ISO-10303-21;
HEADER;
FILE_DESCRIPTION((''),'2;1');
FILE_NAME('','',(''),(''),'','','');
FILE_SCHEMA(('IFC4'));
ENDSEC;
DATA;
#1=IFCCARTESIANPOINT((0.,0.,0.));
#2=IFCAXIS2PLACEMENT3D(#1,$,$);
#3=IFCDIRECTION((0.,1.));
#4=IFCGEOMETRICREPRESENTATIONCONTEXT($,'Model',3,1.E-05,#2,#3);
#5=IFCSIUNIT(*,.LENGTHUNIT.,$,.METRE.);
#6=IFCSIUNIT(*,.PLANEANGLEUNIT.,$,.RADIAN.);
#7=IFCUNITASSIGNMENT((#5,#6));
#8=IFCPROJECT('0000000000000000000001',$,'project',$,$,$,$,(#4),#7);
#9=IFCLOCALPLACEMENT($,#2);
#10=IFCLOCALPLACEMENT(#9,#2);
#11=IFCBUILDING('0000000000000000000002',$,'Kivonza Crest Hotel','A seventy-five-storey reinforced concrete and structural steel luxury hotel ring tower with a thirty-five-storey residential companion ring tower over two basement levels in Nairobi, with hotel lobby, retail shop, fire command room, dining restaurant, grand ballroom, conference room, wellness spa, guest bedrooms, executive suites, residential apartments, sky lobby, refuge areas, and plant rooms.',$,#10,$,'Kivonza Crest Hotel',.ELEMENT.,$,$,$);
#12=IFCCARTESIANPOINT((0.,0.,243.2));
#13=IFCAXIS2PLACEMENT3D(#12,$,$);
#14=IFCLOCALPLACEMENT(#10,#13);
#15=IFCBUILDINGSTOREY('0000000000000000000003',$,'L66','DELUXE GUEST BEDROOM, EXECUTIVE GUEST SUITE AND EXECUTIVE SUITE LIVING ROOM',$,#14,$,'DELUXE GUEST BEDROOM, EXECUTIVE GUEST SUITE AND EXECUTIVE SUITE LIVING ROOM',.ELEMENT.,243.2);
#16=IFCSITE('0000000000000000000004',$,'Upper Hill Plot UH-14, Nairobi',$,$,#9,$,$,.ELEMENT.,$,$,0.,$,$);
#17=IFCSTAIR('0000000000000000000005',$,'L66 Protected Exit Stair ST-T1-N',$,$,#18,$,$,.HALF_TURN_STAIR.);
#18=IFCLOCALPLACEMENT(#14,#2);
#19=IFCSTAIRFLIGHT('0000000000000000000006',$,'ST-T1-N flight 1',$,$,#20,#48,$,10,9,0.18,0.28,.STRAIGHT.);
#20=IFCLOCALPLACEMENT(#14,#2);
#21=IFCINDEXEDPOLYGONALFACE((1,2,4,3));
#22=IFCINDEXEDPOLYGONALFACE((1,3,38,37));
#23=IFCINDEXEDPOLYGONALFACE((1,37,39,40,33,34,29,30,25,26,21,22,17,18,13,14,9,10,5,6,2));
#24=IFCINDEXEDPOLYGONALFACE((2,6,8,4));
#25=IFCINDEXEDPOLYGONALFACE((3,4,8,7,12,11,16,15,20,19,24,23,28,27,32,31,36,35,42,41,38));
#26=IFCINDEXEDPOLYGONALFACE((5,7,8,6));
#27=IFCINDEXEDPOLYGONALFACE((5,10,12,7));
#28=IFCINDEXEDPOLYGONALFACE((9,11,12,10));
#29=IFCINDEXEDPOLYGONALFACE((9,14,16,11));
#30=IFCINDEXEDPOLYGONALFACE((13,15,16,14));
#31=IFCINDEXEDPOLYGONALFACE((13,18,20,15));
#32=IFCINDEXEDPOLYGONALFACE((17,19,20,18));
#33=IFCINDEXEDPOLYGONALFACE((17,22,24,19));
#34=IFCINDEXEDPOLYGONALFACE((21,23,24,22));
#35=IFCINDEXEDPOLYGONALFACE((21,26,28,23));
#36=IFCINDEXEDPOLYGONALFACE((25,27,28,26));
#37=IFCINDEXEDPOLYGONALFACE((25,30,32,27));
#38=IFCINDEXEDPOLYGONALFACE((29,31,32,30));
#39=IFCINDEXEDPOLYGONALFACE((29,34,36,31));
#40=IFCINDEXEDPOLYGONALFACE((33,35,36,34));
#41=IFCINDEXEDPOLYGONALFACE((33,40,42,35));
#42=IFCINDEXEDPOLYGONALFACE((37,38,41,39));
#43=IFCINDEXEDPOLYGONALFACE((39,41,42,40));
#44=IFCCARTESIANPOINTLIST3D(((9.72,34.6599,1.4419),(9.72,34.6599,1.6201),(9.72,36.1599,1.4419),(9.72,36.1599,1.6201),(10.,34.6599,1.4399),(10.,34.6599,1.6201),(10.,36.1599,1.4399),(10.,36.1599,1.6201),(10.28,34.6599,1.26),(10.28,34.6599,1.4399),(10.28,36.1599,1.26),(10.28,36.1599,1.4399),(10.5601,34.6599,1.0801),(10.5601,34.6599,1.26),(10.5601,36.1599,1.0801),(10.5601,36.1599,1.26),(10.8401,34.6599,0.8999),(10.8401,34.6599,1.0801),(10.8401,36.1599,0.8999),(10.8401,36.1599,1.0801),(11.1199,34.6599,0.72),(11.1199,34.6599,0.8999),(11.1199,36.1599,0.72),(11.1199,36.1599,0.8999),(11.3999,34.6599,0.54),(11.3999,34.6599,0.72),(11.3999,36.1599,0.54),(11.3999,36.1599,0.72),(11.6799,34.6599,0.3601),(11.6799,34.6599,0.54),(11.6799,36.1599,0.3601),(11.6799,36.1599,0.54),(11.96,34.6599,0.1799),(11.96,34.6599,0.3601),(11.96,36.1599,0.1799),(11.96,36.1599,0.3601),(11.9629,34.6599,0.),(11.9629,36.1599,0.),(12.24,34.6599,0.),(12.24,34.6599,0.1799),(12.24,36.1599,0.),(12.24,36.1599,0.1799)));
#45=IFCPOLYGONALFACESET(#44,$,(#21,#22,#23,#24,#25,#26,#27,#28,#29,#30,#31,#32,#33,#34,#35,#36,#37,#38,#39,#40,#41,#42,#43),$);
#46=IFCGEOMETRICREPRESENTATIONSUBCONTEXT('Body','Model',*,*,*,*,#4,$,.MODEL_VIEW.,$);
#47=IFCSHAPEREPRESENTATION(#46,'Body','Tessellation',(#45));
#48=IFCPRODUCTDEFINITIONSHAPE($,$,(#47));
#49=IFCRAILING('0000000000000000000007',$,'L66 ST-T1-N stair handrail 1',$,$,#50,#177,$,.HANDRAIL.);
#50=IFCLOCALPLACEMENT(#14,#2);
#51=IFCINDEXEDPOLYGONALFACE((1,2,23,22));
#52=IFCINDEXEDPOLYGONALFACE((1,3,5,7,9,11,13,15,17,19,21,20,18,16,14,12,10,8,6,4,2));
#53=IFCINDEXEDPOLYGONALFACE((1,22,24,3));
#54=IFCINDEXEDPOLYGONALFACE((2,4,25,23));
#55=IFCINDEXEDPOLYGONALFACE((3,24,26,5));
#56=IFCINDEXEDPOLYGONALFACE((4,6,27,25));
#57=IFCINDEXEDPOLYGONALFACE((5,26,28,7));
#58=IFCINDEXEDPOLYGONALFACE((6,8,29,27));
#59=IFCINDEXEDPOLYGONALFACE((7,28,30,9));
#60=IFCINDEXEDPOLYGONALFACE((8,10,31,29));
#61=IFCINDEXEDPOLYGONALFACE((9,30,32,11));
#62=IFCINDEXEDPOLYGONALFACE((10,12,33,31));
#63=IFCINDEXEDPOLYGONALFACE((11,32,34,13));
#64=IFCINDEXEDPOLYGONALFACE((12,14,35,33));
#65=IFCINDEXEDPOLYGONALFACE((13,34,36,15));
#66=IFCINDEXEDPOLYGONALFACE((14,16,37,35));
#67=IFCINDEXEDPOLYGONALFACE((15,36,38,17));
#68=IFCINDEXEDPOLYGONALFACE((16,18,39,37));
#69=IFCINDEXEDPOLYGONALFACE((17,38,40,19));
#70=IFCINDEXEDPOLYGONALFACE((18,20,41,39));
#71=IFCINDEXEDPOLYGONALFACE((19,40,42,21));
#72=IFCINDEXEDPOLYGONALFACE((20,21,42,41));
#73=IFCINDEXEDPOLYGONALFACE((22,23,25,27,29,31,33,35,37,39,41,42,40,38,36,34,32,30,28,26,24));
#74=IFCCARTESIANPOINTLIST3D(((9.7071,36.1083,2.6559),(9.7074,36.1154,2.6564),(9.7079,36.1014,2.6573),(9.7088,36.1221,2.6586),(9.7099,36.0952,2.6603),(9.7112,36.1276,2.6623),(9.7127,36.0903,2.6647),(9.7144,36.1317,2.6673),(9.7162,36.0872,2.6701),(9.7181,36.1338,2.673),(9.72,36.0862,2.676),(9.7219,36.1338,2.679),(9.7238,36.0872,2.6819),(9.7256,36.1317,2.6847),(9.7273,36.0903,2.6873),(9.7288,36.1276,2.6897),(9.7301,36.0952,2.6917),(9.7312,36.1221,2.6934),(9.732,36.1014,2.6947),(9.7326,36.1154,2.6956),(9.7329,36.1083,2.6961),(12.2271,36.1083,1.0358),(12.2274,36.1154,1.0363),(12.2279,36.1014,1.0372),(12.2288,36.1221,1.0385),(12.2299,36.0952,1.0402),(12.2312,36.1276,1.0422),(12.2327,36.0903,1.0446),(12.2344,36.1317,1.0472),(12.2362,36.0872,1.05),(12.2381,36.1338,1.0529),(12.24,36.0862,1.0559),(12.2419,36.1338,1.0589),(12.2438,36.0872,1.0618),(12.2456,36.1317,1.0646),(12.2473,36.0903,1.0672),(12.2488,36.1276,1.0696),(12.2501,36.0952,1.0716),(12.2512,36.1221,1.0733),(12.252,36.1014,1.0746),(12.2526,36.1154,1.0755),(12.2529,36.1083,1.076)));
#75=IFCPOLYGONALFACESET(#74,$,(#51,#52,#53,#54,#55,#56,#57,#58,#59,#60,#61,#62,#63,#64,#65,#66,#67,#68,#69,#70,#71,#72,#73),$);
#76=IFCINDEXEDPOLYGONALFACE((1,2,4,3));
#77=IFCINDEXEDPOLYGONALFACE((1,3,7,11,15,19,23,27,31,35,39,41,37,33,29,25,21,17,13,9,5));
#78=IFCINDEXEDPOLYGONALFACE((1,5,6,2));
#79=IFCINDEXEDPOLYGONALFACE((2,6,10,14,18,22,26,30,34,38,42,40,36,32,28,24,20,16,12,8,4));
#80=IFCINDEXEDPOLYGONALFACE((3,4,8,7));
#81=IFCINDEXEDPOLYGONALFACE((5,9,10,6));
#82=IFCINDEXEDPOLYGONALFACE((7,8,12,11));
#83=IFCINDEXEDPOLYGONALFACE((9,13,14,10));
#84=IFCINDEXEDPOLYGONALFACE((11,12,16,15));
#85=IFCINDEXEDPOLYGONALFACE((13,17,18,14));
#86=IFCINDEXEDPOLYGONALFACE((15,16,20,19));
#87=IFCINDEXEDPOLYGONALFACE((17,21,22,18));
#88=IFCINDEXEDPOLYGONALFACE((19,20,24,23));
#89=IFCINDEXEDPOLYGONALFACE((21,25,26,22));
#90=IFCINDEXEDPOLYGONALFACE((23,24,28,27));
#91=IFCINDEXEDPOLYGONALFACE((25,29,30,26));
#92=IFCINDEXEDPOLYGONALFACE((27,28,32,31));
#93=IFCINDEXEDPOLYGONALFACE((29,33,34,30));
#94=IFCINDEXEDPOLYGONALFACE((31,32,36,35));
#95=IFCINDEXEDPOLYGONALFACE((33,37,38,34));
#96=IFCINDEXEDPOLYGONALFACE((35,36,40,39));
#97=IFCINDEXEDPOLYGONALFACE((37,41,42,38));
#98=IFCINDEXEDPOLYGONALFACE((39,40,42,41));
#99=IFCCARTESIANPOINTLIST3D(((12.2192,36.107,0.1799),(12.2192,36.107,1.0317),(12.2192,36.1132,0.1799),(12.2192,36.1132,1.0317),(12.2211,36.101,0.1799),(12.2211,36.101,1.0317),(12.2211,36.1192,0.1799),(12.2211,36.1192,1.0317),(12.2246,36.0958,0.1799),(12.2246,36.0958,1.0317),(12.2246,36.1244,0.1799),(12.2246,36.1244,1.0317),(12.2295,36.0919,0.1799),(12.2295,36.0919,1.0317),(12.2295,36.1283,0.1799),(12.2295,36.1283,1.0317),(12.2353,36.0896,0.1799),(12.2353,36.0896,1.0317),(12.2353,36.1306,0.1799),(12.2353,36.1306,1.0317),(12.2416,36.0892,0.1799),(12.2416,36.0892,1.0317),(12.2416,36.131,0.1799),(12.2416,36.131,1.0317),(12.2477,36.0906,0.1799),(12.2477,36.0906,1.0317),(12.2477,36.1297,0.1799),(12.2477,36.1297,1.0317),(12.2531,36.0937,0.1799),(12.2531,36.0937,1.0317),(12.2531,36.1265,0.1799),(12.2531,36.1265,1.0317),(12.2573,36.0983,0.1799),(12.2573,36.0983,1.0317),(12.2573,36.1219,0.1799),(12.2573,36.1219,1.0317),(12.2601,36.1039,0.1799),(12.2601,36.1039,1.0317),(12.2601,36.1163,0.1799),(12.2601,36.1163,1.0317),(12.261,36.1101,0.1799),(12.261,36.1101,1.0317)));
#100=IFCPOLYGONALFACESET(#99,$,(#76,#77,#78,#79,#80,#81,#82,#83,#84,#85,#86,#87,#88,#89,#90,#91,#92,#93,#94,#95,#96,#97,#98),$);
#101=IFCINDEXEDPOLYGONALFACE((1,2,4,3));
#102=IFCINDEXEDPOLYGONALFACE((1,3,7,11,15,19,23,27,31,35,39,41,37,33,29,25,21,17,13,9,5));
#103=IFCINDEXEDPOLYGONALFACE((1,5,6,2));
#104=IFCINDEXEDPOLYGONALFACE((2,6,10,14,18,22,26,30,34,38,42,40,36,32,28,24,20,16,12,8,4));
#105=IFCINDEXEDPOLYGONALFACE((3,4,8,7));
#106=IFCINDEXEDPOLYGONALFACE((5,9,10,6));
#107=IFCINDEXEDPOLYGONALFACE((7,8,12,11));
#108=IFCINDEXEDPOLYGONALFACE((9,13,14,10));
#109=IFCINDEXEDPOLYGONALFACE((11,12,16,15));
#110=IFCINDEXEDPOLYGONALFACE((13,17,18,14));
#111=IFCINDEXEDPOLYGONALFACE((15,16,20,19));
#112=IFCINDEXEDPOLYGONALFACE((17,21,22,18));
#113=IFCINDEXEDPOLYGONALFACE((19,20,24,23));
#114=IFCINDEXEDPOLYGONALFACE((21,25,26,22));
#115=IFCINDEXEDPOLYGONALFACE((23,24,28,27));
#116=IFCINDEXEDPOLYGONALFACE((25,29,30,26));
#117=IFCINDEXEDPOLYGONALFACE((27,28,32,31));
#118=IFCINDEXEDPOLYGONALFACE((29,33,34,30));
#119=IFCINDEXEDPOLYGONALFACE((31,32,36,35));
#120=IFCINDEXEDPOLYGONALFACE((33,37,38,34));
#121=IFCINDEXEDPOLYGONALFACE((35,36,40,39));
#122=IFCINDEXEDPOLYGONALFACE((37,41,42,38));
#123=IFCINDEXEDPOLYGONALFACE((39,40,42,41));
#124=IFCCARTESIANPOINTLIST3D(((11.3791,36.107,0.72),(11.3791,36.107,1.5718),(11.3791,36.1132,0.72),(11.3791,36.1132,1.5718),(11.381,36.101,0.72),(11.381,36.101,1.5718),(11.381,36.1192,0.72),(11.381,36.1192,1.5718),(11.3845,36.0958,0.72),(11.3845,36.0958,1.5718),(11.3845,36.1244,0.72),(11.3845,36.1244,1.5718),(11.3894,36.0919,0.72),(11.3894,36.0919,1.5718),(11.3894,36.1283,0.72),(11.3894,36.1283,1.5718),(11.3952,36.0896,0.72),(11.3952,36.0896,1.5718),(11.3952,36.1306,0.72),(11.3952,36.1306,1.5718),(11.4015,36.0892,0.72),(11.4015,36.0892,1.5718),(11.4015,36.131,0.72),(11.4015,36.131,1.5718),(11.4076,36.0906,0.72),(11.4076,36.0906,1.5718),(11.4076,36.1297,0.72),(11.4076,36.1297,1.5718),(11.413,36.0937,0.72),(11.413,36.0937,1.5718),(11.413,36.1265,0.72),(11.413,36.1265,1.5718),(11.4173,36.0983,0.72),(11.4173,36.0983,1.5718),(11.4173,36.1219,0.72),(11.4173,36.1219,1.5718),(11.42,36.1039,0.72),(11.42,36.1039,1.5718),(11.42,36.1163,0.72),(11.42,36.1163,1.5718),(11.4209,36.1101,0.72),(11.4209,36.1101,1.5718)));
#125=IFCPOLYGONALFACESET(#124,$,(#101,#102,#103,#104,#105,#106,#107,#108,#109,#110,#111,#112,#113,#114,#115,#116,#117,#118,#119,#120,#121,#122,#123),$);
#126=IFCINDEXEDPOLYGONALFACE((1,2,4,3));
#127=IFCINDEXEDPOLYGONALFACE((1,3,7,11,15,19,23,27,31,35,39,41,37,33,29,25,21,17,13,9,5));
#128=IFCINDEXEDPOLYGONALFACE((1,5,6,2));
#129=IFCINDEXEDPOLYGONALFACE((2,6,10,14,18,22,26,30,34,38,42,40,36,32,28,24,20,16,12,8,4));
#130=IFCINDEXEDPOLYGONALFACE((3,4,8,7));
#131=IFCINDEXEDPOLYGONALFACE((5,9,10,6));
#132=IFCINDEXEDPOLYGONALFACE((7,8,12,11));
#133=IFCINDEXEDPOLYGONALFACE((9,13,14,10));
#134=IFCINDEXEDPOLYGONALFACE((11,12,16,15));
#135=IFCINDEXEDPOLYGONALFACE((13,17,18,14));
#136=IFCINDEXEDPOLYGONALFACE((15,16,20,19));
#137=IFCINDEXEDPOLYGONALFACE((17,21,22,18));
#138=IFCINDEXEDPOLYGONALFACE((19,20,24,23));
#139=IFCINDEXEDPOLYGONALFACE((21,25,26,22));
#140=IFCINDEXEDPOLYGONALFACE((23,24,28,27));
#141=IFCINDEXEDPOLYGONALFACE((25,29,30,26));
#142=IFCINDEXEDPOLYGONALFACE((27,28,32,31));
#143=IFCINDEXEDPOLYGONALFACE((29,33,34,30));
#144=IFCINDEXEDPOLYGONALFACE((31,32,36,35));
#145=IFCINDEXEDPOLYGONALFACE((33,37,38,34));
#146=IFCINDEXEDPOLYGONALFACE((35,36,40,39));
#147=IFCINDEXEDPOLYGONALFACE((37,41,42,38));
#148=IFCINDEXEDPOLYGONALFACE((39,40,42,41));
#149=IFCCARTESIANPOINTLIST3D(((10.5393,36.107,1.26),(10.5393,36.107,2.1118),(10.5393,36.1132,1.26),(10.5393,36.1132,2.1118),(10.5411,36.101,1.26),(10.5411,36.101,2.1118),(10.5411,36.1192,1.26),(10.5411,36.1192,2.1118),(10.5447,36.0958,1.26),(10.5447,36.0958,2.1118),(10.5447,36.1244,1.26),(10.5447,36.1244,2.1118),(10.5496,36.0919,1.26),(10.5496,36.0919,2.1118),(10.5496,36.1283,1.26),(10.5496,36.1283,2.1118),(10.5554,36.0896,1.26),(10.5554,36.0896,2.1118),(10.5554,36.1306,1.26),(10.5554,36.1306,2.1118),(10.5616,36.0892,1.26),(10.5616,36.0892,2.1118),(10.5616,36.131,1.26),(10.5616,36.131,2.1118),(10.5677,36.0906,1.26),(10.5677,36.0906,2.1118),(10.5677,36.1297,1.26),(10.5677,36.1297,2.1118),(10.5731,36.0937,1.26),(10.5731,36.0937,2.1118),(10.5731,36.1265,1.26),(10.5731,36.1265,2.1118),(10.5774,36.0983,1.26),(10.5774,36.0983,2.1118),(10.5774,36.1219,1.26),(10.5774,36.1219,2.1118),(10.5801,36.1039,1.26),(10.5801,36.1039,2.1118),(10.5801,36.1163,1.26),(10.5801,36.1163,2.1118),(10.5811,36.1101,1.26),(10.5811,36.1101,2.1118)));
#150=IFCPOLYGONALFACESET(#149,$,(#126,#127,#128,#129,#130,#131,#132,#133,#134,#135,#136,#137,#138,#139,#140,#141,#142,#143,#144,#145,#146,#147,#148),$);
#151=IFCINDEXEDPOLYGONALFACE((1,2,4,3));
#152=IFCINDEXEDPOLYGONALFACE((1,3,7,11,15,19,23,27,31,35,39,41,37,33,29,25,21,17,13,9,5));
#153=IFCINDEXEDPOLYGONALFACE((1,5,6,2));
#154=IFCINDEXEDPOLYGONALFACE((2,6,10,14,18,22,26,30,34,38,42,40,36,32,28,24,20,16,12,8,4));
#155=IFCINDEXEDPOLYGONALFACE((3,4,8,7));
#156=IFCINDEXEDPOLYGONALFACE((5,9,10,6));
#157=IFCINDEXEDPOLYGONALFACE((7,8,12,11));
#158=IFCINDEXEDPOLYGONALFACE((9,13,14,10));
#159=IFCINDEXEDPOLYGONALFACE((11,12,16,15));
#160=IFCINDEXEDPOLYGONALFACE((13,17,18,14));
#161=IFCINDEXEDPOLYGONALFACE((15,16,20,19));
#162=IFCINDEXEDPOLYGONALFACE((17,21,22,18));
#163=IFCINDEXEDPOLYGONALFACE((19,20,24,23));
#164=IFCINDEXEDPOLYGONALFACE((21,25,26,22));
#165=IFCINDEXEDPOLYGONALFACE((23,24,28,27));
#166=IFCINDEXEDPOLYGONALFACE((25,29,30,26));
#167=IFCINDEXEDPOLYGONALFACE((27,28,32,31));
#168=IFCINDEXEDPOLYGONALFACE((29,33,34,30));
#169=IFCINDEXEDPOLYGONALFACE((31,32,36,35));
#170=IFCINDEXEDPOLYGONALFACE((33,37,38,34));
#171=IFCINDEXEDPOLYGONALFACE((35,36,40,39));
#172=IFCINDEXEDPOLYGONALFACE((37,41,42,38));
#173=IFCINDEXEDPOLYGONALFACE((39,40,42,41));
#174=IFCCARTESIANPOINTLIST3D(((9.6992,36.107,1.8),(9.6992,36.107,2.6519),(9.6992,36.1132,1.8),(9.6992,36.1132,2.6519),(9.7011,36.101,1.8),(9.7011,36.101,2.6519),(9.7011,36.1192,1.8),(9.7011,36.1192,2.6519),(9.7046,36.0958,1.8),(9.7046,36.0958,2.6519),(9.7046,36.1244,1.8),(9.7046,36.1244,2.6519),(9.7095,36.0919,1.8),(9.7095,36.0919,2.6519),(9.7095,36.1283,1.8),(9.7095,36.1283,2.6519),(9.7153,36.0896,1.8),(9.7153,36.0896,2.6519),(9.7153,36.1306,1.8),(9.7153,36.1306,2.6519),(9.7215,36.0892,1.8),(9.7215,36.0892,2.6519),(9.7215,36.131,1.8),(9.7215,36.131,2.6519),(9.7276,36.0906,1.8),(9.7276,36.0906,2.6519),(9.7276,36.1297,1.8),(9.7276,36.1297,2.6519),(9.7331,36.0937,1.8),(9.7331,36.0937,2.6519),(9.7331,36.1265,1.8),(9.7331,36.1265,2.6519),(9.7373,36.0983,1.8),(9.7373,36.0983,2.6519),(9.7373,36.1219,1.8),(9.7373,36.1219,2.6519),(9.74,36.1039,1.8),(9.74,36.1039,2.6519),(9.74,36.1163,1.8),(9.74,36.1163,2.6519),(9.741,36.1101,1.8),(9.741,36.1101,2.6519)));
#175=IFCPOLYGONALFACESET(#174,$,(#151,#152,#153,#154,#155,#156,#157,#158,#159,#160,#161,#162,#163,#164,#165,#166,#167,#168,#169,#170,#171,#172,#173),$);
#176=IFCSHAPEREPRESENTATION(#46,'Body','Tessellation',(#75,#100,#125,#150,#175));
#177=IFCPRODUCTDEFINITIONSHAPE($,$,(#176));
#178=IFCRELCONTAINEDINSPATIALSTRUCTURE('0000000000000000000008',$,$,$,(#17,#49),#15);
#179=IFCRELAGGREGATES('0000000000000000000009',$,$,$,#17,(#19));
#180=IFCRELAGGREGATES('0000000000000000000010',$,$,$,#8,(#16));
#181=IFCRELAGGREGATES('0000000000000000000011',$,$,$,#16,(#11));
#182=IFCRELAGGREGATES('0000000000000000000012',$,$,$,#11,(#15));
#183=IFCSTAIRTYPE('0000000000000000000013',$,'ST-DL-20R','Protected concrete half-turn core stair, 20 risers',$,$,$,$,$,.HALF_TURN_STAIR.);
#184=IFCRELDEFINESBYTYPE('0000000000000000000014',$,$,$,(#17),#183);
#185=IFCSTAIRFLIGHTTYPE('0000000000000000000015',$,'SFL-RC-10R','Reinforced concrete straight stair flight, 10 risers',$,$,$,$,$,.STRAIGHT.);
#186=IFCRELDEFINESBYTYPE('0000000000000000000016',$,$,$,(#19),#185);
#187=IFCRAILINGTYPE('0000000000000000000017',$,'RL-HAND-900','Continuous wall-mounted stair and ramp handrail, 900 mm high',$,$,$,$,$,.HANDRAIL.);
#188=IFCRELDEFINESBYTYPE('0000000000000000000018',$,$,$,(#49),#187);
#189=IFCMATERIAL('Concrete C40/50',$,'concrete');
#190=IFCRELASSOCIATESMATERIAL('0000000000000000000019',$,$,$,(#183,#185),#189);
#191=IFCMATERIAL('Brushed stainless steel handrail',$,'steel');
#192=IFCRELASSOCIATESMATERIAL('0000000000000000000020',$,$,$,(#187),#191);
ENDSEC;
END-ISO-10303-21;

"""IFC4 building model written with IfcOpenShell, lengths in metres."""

from ifc_helpers import new_model, si_unit, direction, frame, origin, origin_2d, place, context, subcontext, project, spatial, polyline, circle, outline, extrude, material, type_object, element, aggregate, save


model = new_model("IFC4")

# Units and contexts
model_context = context("Model", 3, precision=1e-05, world=origin(), true_north=direction((0.0, 1.0)))
body_context = subcontext(model_context, "Body", "Model", "MODEL_VIEW")
ifc_project = project(units=[si_unit("LENGTHUNIT", "METRE"), si_unit("PLANEANGLEUNIT", "RADIAN")], contexts=[model_context])

# Site, building, storey
site_placement = place(None, origin())
site = spatial("IfcSite", under=ifc_project, at=site_placement, Name="Upper Hill Plot UH-14, Nairobi", CompositionType="ELEMENT", RefElevation=0.0)
building_placement = place(site_placement, origin())
building = spatial("IfcBuilding", under=site, at=building_placement, Name="Kivonza Crest Hotel", Description="A seventy-five-storey reinforced concrete and structural steel luxury hotel ring tower with a thirty-five-storey residential companion ring tower over two basement levels in Nairobi, with hotel lobby, retail shop, fire command room, dining restaurant, grand ballroom, conference room, wellness spa, guest bedrooms, executive suites, residential apartments, sky lobby, refuge areas, and plant rooms.", LongName="Kivonza Crest Hotel", CompositionType="ELEMENT")
storey_placement = place(building_placement, frame((0.0, 0.0, 243.2)))
storey = spatial("IfcBuildingStorey", under=building, at=storey_placement, Name="L66", Description="DELUXE GUEST BEDROOM, EXECUTIVE GUEST SUITE AND EXECUTIVE SUITE LIVING ROOM", LongName="DELUXE GUEST BEDROOM, EXECUTIVE GUEST SUITE AND EXECUTIVE SUITE LIVING ROOM", CompositionType="ELEMENT", Elevation=243.2)

# Stair, stair flight
ifc_material_1 = material(Name="Concrete C40/50", Category="concrete")
stair_type = type_object("IfcStairType", Name="ST-DL-20R", Description="Protected concrete half-turn core stair, 20 risers", PredefinedType="HALF_TURN_STAIR", material=ifc_material_1)
stair_placement = place(storey_placement, origin())
stair = element("IfcStair", 1, at=stair_placement, inside=storey, type_object=stair_type, Name="L66 Protected Exit Stair ST-T1-N", PredefinedType="HALF_TURN_STAIR")
stair_flight_type = type_object("IfcStairFlightType", Name="SFL-RC-10R", Description="Reinforced concrete straight stair flight, 10 risers", PredefinedType="STRAIGHT", material=ifc_material_1)
stair_flight_placement = place(storey_placement, frame((12.24, 35.4099, 0.0), z_axis=(0.0, 0.0, 1.0), x_axis=(-1.0, 0.0, 0.0)))
stair_flight = element("IfcStairFlight", 2, at=stair_flight_placement, type_object=stair_flight_type, Name="ST-T1-N flight 1", NumberOfRisers=10, NumberOfTreads=9, PredefinedType="STRAIGHT", RiserHeight=0.18, TreadLength=0.28, context=body_context, shape_type="SweptSolid", body=[
    extrude(outline(polyline([(0.0, 0.0), (0.0, 0.1799), (0.28, 0.1799), (0.28, 0.3601), (0.5601, 0.3601), (0.5601, 0.54), (0.8401, 0.54), (0.8401, 0.72), (1.1201, 0.72), (1.1201, 0.8999), (1.3999, 0.8999), (1.3999, 1.0801), (1.6799, 1.0801), (1.6799, 1.26), (1.96, 1.26), (1.96, 1.4399), (2.24, 1.4399), (2.24, 1.6201), (2.52, 1.6201), (2.52, 1.8), (2.52, 1.4419), (0.2771, 0.0), (0.0, 0.0)])), frame((0.0, 0.75, 0.0), z_axis=(0.0, -1.0, 0.0), x_axis=(1.0, 0.0, 0.0)), (0.0, 0.0, 1.0), 1.5),
])
aggregate(stair, [stair_flight])

# Railing
ifc_material_2 = material(Name="Brushed stainless steel handrail", Category="steel")
railing_type_1 = type_object("IfcRailingType", Name="RL-HAND-900", Description="Continuous wall-mounted stair and ramp handrail, 900 mm high", PredefinedType="HANDRAIL", material=ifc_material_2)
railing_1_placement = place(storey_placement, frame((12.24, 36.1101, 0.1799)))
element("IfcRailing", 3, at=railing_1_placement, inside=storey, type_object=railing_type_1, Name="L66 ST-T1-N stair handrail 1", PredefinedType="HANDRAIL", context=body_context, shape_type="SweptSolid", body=[
    extrude(circle(Radius=0.0239, at=origin_2d()), frame((0.0, 0.0, 0.876), z_axis=(-0.841163, 0.0, 0.540782), x_axis=(0.0, -1.0, 0.0)), (0.0, 0.0, 1.0), 2.9958),
    extrude(circle(Radius=0.021, at=origin_2d()), origin(), (0.0, 0.0, 1.0), 0.8518),
    extrude(circle(Radius=0.021, at=origin_2d()), frame((-0.8401, 0.0, 0.54)), (0.0, 0.0, 1.0), 0.8518),
    extrude(circle(Radius=0.021, at=origin_2d()), frame((-1.6799, 0.0, 1.0801)), (0.0, 0.0, 1.0), 0.8518),
    extrude(circle(Radius=0.021, at=origin_2d()), frame((-2.52, 0.0, 1.6201)), (0.0, 0.0, 1.0), 0.8518),
])

save(model, "model.ifc")
